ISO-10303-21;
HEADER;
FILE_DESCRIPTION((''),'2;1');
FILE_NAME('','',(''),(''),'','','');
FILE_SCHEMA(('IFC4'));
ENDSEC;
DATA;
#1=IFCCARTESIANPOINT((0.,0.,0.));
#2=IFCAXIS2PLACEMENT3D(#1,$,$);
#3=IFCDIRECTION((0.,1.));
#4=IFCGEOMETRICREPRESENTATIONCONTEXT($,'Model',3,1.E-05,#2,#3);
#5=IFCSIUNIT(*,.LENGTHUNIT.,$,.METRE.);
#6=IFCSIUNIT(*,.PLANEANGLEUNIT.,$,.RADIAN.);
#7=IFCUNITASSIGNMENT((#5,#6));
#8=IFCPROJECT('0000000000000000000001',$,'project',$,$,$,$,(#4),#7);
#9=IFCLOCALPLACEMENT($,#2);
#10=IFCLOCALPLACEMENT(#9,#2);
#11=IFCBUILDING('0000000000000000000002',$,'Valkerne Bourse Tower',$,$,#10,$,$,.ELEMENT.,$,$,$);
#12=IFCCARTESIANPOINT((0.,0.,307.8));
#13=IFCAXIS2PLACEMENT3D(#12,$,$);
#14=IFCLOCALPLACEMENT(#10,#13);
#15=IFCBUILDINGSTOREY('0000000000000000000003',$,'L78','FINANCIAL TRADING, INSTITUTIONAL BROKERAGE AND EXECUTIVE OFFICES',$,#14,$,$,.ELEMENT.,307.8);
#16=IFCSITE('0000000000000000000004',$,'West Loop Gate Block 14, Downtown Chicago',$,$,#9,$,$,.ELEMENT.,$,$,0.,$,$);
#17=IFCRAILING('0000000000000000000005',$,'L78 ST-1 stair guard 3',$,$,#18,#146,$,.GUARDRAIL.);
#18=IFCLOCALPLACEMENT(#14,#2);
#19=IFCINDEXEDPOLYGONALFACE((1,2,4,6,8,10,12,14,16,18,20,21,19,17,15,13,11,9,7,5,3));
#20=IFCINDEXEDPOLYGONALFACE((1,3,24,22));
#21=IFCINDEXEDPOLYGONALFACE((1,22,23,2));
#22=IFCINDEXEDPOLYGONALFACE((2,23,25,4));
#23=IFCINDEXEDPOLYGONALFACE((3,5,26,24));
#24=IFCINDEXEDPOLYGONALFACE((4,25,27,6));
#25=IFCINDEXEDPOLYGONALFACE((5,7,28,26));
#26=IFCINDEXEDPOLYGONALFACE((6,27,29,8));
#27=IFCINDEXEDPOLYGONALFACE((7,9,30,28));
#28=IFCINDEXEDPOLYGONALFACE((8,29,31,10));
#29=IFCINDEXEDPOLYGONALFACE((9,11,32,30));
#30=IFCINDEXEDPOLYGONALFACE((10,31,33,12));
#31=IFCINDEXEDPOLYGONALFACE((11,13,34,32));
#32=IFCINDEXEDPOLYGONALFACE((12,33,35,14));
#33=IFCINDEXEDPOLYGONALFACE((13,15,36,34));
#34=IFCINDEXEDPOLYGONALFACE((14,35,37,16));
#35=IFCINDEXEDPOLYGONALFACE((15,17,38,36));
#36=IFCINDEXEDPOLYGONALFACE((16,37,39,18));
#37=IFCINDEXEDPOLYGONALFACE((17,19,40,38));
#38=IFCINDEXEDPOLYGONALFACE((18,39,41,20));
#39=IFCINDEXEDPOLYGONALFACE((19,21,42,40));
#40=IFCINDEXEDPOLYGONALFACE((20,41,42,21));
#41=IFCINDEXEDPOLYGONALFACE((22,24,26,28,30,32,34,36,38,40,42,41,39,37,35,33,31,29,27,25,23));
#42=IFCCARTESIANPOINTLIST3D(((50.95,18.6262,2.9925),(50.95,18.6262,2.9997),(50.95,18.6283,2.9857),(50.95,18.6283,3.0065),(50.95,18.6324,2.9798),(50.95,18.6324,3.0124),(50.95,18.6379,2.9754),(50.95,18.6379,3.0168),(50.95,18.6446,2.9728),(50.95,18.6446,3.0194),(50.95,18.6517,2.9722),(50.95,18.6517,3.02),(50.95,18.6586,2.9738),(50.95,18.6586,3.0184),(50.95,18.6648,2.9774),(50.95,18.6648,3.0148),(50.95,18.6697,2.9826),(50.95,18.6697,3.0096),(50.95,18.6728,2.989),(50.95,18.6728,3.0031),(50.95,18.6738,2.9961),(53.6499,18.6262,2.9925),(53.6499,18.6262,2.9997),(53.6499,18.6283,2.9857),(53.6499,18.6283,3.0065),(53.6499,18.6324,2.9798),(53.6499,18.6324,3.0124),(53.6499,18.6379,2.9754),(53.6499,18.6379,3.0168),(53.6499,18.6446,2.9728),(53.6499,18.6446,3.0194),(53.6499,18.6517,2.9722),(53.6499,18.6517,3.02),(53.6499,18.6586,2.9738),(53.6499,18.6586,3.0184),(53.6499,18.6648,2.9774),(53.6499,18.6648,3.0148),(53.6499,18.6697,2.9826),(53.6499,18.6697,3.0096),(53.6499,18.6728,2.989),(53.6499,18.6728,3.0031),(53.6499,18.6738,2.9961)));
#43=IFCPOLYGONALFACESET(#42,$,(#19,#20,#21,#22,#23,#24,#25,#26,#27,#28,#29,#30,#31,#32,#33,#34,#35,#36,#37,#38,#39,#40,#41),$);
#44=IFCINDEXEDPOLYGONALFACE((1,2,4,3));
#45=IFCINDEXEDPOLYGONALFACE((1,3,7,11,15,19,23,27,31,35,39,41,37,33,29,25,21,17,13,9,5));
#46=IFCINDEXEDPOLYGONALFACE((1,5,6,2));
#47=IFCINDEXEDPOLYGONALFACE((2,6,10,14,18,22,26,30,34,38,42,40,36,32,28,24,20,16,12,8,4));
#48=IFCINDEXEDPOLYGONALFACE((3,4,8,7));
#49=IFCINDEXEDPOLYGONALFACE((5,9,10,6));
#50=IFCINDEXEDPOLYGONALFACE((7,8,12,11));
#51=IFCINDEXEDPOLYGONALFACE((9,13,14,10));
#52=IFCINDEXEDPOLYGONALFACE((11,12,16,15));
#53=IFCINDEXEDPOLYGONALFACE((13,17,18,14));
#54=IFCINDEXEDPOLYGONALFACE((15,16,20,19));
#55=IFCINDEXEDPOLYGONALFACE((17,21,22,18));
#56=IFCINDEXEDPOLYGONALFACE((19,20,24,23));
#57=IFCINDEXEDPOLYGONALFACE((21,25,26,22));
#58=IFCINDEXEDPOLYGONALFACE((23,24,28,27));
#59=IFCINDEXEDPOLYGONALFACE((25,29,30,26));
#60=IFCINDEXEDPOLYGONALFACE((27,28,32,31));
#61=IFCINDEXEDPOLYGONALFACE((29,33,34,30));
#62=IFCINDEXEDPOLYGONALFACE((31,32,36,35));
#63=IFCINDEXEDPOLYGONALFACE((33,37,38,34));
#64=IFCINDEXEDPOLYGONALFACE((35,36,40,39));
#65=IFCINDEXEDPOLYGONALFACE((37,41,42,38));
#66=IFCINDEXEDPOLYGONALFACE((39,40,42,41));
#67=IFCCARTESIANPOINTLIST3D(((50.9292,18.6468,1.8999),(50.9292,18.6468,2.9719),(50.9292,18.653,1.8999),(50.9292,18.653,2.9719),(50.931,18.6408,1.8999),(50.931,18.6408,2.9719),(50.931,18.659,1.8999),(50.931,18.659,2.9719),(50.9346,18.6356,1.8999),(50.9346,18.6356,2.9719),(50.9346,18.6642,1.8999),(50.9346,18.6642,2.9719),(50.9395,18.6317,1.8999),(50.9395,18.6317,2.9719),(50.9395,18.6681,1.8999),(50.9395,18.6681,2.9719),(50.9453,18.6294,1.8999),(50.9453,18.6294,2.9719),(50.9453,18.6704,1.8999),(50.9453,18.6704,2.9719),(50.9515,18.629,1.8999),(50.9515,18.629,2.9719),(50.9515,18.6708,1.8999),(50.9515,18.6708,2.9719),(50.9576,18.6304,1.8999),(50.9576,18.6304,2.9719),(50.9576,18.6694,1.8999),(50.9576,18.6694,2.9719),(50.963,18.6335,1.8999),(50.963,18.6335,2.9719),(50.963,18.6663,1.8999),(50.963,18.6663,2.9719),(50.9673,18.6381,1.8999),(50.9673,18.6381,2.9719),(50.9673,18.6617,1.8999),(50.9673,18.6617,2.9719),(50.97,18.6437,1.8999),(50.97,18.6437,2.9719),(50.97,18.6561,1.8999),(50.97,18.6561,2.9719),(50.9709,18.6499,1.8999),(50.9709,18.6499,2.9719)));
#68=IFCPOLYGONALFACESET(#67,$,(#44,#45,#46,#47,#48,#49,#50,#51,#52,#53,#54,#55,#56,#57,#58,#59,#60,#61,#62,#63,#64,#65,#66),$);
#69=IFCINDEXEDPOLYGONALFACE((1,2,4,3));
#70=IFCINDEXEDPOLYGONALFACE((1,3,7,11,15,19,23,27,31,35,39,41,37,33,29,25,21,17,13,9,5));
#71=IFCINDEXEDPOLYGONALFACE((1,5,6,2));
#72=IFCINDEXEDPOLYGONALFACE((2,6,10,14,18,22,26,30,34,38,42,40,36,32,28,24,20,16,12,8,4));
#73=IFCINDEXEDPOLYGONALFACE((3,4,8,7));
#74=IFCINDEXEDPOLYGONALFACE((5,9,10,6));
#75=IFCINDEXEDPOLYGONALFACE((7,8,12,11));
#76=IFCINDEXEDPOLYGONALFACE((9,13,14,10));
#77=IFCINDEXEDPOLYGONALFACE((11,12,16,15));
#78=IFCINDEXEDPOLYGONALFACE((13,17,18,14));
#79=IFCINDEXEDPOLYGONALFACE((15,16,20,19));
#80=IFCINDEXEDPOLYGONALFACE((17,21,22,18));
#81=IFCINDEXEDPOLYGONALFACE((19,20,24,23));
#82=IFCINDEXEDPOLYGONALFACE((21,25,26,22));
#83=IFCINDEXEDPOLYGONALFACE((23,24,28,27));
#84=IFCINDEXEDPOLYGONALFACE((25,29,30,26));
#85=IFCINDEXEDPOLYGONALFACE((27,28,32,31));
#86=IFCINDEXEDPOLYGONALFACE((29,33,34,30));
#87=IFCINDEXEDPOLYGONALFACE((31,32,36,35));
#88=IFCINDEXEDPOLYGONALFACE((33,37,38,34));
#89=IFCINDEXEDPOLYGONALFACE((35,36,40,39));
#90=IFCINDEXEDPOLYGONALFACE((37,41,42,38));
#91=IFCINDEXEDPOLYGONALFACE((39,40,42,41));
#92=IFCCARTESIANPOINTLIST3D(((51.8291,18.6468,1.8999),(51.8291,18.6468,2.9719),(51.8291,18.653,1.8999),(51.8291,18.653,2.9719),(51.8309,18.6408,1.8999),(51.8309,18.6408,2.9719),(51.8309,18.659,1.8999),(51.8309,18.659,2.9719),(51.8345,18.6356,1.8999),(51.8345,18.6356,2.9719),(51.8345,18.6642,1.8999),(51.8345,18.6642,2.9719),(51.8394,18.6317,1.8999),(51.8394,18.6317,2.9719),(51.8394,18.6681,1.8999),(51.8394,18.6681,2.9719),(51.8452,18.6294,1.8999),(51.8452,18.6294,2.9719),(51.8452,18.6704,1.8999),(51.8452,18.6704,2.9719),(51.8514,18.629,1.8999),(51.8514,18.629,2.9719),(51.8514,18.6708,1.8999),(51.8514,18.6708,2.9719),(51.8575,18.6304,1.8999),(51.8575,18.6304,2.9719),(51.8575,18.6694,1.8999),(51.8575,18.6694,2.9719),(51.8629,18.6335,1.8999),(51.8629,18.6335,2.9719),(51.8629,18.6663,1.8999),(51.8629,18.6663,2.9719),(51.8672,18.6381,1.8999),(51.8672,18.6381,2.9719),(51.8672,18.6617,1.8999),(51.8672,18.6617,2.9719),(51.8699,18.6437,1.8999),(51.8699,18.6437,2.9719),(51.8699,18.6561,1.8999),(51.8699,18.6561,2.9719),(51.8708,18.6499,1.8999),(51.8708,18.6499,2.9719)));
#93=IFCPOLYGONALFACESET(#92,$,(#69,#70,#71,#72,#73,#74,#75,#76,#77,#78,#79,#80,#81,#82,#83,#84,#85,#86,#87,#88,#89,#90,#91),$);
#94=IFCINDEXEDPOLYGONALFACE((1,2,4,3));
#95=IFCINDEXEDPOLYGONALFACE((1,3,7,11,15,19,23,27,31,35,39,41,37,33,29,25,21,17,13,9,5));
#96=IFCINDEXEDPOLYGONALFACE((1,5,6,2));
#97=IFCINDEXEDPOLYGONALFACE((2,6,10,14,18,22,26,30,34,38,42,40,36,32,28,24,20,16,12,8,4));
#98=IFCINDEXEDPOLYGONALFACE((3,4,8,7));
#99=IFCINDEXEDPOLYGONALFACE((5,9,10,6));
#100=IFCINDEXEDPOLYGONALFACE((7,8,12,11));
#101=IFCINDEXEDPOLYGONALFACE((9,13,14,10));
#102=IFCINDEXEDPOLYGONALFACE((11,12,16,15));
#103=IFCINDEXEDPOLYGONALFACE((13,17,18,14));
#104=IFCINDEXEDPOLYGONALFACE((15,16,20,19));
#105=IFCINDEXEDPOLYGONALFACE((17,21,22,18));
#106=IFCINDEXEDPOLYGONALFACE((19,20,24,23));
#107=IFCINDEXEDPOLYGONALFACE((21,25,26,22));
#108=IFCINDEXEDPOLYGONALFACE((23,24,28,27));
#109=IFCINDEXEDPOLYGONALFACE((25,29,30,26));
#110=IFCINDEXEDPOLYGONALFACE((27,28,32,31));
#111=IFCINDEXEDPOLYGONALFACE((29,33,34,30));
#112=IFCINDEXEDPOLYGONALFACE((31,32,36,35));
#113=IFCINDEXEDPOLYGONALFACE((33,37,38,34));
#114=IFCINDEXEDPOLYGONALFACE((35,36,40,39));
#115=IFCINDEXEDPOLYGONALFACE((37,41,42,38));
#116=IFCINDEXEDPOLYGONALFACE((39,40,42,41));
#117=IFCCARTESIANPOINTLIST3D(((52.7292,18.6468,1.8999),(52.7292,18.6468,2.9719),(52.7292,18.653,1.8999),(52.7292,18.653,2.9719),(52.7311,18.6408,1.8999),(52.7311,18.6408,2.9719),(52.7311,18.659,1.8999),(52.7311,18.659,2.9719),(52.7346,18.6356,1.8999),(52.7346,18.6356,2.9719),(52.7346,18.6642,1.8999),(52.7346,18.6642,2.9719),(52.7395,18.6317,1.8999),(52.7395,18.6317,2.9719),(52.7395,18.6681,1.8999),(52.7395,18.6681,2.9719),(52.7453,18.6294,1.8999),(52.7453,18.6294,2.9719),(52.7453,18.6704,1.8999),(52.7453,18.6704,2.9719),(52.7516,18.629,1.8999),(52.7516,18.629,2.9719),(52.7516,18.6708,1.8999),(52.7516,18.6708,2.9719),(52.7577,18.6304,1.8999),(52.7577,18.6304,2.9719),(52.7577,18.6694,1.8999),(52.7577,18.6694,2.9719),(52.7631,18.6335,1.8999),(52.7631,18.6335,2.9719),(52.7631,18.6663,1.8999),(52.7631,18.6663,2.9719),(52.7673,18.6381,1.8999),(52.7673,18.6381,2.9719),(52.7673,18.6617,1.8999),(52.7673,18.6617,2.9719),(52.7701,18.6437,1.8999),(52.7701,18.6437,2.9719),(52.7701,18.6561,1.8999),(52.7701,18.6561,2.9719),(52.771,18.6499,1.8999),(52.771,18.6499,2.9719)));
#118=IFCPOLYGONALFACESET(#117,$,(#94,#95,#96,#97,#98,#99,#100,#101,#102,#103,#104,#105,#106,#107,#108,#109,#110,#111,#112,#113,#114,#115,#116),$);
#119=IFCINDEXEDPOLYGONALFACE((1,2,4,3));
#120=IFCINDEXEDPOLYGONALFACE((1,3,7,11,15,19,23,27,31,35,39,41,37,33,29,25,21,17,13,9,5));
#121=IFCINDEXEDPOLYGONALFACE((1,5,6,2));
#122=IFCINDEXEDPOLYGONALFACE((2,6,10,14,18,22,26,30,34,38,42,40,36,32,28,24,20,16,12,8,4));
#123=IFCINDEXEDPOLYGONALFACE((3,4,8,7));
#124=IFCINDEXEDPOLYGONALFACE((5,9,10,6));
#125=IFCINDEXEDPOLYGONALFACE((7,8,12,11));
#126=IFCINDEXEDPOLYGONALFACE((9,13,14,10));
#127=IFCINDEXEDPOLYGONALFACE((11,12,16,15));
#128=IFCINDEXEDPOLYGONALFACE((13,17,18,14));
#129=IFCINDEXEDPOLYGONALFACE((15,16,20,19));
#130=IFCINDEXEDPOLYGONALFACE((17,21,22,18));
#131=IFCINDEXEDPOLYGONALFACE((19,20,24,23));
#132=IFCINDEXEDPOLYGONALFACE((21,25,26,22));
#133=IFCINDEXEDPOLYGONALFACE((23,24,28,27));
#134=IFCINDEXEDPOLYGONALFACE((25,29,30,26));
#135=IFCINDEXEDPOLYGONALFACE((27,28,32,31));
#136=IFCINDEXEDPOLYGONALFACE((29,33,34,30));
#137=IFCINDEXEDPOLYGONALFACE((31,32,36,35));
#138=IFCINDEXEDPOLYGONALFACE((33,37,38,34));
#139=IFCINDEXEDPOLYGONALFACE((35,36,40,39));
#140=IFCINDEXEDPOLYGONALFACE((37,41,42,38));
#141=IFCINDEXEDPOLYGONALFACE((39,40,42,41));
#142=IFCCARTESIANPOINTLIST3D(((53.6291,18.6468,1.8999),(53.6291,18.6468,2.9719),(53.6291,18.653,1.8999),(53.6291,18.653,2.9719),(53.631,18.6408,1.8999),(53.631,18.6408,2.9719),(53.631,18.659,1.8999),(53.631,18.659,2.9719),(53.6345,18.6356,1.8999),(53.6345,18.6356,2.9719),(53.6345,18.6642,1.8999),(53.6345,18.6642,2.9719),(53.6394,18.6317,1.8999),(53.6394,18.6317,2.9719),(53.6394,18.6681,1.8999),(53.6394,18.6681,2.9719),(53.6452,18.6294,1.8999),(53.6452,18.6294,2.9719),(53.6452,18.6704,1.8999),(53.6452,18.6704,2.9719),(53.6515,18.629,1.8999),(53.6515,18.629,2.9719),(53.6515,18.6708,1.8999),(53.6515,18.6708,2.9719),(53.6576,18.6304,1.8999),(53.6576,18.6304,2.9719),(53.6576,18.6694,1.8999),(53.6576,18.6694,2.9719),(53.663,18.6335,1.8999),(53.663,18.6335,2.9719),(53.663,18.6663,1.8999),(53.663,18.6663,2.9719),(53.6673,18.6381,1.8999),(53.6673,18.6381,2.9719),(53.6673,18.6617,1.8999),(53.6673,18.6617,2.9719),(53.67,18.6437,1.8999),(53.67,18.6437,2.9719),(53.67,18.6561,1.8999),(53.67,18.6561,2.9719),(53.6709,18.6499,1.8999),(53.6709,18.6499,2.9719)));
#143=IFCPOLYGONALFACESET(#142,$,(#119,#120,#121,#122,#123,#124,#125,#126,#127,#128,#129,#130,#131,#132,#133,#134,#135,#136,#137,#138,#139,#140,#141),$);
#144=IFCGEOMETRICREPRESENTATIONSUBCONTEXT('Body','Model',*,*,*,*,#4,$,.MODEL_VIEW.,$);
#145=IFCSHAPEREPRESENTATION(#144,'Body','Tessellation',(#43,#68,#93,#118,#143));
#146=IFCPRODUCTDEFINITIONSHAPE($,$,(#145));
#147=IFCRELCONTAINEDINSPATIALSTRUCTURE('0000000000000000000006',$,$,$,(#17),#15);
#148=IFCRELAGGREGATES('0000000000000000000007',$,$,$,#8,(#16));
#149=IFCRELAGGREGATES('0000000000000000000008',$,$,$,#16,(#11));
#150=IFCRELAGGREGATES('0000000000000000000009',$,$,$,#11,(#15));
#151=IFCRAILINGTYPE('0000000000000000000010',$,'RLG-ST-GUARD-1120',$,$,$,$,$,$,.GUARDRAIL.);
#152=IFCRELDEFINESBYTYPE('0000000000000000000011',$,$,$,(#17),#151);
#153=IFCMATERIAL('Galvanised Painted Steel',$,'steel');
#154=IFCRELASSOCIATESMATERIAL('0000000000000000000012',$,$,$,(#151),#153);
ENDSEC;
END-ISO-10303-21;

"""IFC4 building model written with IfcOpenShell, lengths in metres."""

from ifc_helpers import new_model, si_unit, direction, frame, origin, origin_2d, place, context, subcontext, project, spatial, circle, extrude, material, type_object, element, save


model = new_model("IFC4")

# Units and contexts
model_context = context("Model", 3, precision=1e-05, world=origin(), true_north=direction((0.0, 1.0)))
body_context = subcontext(model_context, "Body", "Model", "MODEL_VIEW")
ifc_project = project(units=[si_unit("LENGTHUNIT", "METRE"), si_unit("PLANEANGLEUNIT", "RADIAN")], contexts=[model_context])

# Site, building, storey
site_placement = place(None, origin())
site = spatial("IfcSite", under=ifc_project, at=site_placement, Name="West Loop Gate Block 14, Downtown Chicago", CompositionType="ELEMENT", RefElevation=0.0)
building_placement = place(site_placement, origin())
building = spatial("IfcBuilding", under=site, at=building_placement, Name="Valkerne Bourse Tower", CompositionType="ELEMENT")
storey_placement = place(building_placement, frame((0.0, 0.0, 307.8)))
storey = spatial("IfcBuildingStorey", under=building, at=storey_placement, Name="L78", Description="FINANCIAL TRADING, INSTITUTIONAL BROKERAGE AND EXECUTIVE OFFICES", CompositionType="ELEMENT", Elevation=307.8)

# Shared definitions
ifc_material_1 = material(Name="Galvanised Painted Steel", Category="steel")

# Railing
railing_type_1 = type_object("IfcRailingType", Name="RLG-ST-GUARD-1120", PredefinedType="GUARDRAIL", material=ifc_material_1)
for number, where, name in (
    (1, (50.95, 18.6499, 1.8999), "L78 ST-1 stair guard 3"),
):
    element("IfcRailing", number, at=place(storey_placement, frame(where)), inside=storey, type_object=railing_type_1, Name=name, PredefinedType="GUARDRAIL", context=body_context, shape_type="SweptSolid", body=[
        extrude(circle(Radius=0.0239, at=origin_2d()), frame((0.0, 0.0, 1.0962), z_axis=(1.0, 0.0, 0.0), x_axis=(0.0, 1.0, 0.0)), (0.0, 0.0, 1.0), 2.7),
        extrude(circle(Radius=0.021, at=origin_2d()), origin(), (0.0, 0.0, 1.0), 1.072),
        extrude(circle(Radius=0.021, at=origin_2d()), frame((0.8999, 0.0, 0.0)), (0.0, 0.0, 1.0), 1.072),
        extrude(circle(Radius=0.021, at=origin_2d()), frame((1.8, 0.0, 0.0)), (0.0, 0.0, 1.0), 1.072),
        extrude(circle(Radius=0.021, at=origin_2d()), frame((2.7, 0.0, 0.0)), (0.0, 0.0, 1.0), 1.072),
    ])

save(model, "model.ifc")
